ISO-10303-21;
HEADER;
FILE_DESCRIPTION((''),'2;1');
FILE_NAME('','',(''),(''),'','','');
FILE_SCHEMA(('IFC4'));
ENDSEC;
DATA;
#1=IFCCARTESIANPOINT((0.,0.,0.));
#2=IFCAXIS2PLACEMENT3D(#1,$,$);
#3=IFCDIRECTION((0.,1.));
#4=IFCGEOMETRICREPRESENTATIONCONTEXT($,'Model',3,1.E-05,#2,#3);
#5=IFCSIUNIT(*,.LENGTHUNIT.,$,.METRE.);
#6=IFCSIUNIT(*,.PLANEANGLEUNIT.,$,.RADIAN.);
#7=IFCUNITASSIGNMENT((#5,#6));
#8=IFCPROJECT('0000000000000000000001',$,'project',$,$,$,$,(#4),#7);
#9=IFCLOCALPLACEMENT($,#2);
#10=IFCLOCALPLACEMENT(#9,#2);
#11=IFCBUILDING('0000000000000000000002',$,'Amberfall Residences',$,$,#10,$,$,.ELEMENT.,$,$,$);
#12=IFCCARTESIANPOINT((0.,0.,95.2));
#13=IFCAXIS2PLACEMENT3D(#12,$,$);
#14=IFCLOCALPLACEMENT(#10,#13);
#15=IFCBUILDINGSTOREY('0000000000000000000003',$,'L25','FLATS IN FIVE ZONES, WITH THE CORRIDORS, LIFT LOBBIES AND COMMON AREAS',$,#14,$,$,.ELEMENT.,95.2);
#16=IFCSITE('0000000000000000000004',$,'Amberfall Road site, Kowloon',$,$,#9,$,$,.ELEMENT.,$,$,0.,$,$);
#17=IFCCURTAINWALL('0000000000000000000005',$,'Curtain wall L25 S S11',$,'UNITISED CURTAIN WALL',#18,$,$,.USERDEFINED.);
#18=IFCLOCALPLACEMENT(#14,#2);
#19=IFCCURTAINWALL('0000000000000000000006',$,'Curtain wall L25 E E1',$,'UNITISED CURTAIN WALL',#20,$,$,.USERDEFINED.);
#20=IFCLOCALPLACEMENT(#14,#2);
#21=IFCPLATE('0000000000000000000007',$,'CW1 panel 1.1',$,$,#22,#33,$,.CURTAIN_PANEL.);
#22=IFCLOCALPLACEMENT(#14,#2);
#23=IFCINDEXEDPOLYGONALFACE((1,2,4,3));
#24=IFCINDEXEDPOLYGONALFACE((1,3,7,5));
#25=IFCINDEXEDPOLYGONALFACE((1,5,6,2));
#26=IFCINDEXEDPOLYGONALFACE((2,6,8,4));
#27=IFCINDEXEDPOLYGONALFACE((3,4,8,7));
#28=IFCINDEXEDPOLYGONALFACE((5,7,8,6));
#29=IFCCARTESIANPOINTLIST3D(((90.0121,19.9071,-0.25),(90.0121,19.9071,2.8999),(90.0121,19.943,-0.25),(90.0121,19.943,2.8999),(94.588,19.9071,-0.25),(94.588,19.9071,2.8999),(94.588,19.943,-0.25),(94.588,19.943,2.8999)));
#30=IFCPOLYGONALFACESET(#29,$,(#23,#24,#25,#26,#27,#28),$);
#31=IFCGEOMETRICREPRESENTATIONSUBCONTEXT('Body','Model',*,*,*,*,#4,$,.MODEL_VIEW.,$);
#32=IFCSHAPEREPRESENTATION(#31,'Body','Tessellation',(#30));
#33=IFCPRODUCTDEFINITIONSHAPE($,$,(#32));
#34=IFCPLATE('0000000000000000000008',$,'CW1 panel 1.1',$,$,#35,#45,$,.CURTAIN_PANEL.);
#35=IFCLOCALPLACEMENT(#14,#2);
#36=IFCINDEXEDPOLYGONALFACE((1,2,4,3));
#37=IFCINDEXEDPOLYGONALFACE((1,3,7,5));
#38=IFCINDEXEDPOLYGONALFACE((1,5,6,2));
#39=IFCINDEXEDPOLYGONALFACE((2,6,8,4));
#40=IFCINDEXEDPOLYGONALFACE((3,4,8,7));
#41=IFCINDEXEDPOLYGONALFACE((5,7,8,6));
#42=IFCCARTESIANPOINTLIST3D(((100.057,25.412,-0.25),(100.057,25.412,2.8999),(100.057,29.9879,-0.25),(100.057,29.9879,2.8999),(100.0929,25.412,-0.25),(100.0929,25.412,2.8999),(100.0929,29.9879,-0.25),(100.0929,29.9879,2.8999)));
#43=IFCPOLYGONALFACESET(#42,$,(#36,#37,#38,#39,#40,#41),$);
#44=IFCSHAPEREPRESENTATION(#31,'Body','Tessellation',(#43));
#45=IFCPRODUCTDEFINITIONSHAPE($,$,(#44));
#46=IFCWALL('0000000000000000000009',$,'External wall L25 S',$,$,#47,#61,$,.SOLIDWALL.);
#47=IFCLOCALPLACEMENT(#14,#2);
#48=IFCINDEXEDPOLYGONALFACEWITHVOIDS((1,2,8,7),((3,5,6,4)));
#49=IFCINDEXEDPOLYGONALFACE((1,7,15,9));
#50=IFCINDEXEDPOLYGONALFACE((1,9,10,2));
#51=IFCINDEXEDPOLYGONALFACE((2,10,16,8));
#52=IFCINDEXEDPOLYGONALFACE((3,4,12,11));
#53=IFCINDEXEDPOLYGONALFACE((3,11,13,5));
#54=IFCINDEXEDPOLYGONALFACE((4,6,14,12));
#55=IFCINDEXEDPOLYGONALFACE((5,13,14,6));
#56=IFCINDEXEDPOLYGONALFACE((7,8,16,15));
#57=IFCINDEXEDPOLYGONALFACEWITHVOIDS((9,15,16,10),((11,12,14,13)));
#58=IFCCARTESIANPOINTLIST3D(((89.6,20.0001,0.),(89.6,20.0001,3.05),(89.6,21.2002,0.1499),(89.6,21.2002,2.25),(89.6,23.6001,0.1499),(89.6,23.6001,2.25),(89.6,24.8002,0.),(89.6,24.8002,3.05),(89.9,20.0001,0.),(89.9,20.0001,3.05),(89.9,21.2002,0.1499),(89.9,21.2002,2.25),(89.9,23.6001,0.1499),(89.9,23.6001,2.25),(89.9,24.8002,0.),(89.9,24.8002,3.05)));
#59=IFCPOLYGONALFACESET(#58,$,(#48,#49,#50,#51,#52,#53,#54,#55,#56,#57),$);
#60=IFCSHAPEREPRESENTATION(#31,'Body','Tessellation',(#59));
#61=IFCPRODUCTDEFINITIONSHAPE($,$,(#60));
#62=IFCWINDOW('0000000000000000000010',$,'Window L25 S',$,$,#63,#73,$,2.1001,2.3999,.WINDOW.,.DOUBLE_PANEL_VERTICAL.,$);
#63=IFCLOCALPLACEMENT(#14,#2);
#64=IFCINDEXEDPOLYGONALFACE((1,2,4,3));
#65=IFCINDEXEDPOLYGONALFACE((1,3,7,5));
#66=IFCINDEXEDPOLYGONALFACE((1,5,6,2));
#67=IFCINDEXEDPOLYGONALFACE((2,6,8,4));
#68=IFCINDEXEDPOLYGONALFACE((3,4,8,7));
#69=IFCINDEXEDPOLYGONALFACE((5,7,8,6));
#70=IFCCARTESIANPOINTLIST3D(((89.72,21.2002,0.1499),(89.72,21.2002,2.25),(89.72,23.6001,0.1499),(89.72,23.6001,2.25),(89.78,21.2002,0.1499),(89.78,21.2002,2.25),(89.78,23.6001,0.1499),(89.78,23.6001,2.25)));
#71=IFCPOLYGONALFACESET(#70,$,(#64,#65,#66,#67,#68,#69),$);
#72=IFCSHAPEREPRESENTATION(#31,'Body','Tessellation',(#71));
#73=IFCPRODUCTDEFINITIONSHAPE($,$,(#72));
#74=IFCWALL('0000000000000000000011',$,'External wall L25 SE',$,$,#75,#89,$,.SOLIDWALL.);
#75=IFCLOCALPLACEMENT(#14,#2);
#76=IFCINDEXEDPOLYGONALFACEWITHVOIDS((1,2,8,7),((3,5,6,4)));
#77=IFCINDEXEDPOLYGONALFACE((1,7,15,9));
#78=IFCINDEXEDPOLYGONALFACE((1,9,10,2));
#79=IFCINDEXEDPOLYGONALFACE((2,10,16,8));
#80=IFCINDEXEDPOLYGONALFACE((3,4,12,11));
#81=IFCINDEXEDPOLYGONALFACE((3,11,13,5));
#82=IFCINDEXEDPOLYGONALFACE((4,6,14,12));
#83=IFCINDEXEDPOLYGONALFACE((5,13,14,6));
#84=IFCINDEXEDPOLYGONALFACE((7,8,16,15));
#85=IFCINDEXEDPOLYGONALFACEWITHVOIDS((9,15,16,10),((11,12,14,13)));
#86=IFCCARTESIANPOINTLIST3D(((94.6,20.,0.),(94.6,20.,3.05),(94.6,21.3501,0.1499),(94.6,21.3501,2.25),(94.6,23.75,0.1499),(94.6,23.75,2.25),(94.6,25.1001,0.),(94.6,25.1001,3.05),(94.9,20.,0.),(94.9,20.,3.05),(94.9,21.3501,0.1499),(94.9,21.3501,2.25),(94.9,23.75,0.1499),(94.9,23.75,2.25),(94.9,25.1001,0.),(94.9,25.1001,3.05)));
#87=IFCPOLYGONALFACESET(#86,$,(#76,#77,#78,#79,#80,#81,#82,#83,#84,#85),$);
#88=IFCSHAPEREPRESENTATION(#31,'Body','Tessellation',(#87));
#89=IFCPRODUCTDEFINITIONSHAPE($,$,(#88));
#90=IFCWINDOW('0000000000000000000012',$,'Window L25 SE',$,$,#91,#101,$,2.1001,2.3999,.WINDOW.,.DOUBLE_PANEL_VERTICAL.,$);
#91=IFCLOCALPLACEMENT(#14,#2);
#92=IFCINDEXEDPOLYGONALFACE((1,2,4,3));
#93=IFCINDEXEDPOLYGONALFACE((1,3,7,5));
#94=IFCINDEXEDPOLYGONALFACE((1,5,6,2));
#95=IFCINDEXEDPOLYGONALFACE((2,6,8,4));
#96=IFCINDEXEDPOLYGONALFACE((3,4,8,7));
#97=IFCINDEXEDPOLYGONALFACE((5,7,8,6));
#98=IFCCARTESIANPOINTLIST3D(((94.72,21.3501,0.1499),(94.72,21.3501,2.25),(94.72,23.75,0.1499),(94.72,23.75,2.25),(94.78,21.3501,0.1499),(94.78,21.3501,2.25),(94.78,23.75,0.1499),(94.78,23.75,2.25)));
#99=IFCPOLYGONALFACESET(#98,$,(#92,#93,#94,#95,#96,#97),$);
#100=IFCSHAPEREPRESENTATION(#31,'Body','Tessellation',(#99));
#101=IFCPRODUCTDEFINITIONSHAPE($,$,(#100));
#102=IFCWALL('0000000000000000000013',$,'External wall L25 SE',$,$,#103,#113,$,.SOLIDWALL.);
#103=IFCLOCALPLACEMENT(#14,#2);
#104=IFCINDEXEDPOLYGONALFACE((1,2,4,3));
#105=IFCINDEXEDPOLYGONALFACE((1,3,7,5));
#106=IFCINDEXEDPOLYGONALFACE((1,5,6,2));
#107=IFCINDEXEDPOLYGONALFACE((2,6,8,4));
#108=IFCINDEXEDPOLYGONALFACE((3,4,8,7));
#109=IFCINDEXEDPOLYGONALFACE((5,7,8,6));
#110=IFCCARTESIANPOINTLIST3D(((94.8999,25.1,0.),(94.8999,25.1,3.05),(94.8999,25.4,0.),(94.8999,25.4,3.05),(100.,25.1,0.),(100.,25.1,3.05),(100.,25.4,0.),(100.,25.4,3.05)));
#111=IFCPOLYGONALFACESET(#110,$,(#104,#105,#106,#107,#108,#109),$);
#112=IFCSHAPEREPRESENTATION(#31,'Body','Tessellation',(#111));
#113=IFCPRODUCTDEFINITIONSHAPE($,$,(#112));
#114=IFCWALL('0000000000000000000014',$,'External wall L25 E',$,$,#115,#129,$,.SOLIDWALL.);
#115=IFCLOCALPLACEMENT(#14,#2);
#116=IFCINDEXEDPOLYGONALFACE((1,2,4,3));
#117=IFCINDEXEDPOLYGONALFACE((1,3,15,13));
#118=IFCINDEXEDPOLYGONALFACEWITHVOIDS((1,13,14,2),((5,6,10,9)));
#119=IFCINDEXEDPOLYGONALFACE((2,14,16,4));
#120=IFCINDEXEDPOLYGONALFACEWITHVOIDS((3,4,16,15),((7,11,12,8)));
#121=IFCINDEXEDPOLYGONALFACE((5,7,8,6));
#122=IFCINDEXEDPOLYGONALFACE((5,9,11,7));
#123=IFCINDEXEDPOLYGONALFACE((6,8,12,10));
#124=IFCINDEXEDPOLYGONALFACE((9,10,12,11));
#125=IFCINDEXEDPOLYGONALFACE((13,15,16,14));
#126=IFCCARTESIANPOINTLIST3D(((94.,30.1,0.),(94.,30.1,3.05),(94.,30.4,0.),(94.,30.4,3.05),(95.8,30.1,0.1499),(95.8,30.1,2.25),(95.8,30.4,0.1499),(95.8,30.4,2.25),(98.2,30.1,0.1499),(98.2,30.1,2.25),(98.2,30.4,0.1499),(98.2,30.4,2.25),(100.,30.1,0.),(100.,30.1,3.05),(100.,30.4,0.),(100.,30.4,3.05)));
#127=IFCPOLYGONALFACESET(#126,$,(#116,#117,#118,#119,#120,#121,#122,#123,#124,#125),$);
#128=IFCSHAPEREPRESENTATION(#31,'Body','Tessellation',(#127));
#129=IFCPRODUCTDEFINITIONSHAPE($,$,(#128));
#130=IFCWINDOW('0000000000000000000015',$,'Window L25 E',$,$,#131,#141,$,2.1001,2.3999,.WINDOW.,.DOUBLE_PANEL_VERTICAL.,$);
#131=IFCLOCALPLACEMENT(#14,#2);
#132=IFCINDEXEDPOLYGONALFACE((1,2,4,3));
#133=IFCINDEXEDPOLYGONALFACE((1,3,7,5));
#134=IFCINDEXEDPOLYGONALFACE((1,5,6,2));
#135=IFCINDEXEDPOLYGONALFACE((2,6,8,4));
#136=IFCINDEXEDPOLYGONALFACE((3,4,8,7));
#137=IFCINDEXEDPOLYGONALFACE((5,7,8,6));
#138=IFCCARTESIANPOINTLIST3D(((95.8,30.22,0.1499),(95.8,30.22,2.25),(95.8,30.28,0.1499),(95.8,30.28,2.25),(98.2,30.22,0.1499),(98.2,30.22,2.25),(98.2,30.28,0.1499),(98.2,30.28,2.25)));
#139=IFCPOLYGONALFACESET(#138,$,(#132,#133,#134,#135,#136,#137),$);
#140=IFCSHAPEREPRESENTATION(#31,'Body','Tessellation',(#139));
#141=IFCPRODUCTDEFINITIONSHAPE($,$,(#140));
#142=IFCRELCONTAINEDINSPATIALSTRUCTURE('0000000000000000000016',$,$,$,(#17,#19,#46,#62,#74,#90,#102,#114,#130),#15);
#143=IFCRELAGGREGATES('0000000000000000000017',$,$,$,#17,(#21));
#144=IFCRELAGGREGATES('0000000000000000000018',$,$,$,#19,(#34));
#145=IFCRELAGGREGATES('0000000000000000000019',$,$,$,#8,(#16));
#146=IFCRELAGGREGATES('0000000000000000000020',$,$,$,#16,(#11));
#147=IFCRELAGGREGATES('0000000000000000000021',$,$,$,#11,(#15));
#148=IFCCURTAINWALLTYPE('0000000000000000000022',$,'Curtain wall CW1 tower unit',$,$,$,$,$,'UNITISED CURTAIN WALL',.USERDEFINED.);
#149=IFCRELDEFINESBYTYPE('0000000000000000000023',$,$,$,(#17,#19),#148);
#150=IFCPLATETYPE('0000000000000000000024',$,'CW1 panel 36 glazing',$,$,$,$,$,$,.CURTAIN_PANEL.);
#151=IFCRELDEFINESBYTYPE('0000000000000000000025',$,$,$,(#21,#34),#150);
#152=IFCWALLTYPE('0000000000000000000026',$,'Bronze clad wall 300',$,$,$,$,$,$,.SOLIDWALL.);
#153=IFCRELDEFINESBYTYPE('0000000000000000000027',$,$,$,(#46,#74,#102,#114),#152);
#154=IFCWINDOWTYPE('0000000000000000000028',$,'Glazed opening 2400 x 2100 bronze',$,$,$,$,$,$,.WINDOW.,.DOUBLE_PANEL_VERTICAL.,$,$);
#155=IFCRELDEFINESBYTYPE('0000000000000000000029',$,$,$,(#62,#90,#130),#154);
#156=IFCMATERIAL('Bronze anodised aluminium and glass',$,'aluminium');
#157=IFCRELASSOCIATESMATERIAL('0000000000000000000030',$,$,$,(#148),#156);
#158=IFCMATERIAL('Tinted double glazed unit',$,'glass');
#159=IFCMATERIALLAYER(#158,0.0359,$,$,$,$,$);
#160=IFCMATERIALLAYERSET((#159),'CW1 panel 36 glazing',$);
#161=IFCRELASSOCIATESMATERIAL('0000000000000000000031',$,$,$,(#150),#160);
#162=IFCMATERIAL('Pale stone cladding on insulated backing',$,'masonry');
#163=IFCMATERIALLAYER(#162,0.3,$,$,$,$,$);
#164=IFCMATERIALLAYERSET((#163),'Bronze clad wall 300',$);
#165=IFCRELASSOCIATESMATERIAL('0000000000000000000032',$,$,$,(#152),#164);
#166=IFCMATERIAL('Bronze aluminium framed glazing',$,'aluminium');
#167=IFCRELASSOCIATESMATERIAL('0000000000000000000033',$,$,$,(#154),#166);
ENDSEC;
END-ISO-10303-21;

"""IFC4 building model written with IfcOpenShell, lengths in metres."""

from ifc_helpers import new_model, si_unit, direction, frame, frame_2d, origin, origin_2d, place, context, subcontext, project, spatial, rectangle, extrude, material, layer, layer_set, type_object, element, fill, aggregate, save


model = new_model("IFC4")

# Units and contexts
model_context = context("Model", 3, precision=1e-05, world=origin(), true_north=direction((0.0, 1.0)))
body_context = subcontext(model_context, "Body", "Model", "MODEL_VIEW")
ifc_project = project(units=[si_unit("LENGTHUNIT", "METRE"), si_unit("PLANEANGLEUNIT", "RADIAN")], contexts=[model_context])

# Site, building, storey
site_placement = place(None, origin())
site = spatial("IfcSite", under=ifc_project, at=site_placement, Name="Amberfall Road site, Kowloon", CompositionType="ELEMENT", RefElevation=0.0)
building_placement = place(site_placement, origin())
building = spatial("IfcBuilding", under=site, at=building_placement, Name="Amberfall Residences", CompositionType="ELEMENT")
storey_placement = place(building_placement, frame((0.0, 0.0, 95.2)))
storey = spatial("IfcBuildingStorey", under=building, at=storey_placement, Name="L25", Description="FLATS IN FIVE ZONES, WITH THE CORRIDORS, LIFT LOBBIES AND COMMON AREAS", CompositionType="ELEMENT", Elevation=95.2)

# Curtain walls
ifc_material_1 = material(Name="Bronze anodised aluminium and glass", Category="aluminium")
curtain_wall_type = type_object("IfcCurtainWallType", Name="Curtain wall CW1 tower unit", ElementType="UNITISED CURTAIN WALL", PredefinedType="USERDEFINED", material=ifc_material_1)
curtain_wall_1_placement = place(storey_placement, origin())
curtain_wall_1 = element("IfcCurtainWall", 1, at=curtain_wall_1_placement, inside=storey, type_object=curtain_wall_type, Name="Curtain wall L25 S S11", ObjectType="UNITISED CURTAIN WALL", PredefinedType="USERDEFINED")
curtain_wall_2_placement = place(storey_placement, origin())
curtain_wall_2 = element("IfcCurtainWall", 2, at=curtain_wall_2_placement, inside=storey, type_object=curtain_wall_type, Name="Curtain wall L25 E E1", ObjectType="UNITISED CURTAIN WALL", PredefinedType="USERDEFINED")

# Plates
ifc_material_2 = material(Name="Tinted double glazed unit", Category="glass")
ifc_layer_1 = layer(ifc_material_2, 0.0359)
ifc_layer_set_1 = layer_set([ifc_layer_1], Name="CW1 panel 36 glazing")
plate_type = type_object("IfcPlateType", Name="CW1 panel 36 glazing", PredefinedType="CURTAIN_PANEL", material=ifc_layer_set_1)
plate_1_placement = place(storey_placement, frame((92.3, 19.925, -0.25), z_axis=(0.0, 0.0, 1.0), x_axis=(1.0, 0.0, 0.0)))
plate_1 = element("IfcPlate", 3, at=plate_1_placement, type_object=plate_type, Name="CW1 panel 1.1", PredefinedType="CURTAIN_PANEL", context=body_context, shape_type="SweptSolid", body=[
    extrude(rectangle(XDim=4.5759, YDim=0.0359, at=origin_2d()), origin(), (0.0, 0.0, 1.0), 3.1499),
])
aggregate(curtain_wall_1, [plate_1])
plate_2_placement = place(storey_placement, frame((100.075, 27.7, -0.25), z_axis=(0.0, 0.0, 1.0), x_axis=(0.0, 1.0, 0.0)))
plate_2 = element("IfcPlate", 4, at=plate_2_placement, type_object=plate_type, Name="CW1 panel 1.1", PredefinedType="CURTAIN_PANEL", context=body_context, shape_type="SweptSolid", body=[
    extrude(rectangle(XDim=4.5759, YDim=0.0359, at=origin_2d()), origin(), (0.0, 0.0, 1.0), 3.1499),
])
aggregate(curtain_wall_2, [plate_2])

# Walls, openings, windows
ifc_material_3 = material(Name="Pale stone cladding on insulated backing", Category="masonry")
ifc_layer_2 = layer(ifc_material_3, 0.3)
ifc_layer_set_2 = layer_set([ifc_layer_2], Name="Bronze clad wall 300")
wall_type_1 = type_object("IfcWallType", Name="Bronze clad wall 300", PredefinedType="SOLIDWALL", material=ifc_layer_set_2)
wall_1_placement = place(storey_placement, frame((89.75, 24.8, 0.0), z_axis=(0.0, 0.0, 1.0), x_axis=(0.0, -1.0, 0.0)))
wall_1 = element("IfcWall", 5, at=wall_1_placement, inside=storey, type_object=wall_type_1, Name="External wall L25 S", PredefinedType="SOLIDWALL", context=body_context, shape_type="SweptSolid", body=[
    extrude(rectangle(XDim=4.8, YDim=0.3, at=frame_2d((2.3999, 0.0))), origin(), (0.0, 0.0, 1.0), 3.05),
])
opening_1_placement = place(wall_1_placement, frame((1.2, 0.0, 0.1499)))
opening_1 = element("IfcOpeningElement", 6, at=opening_1_placement, cuts=wall_1, PredefinedType="OPENING", context=body_context, shape_type="SweptSolid", body=[
    extrude(rectangle(XDim=2.3999, YDim=2.1001, at=frame_2d((1.2, 1.05))), frame((0.0, 0.1599, 0.0), z_axis=(0.0, -1.0, 0.0), x_axis=(1.0, 0.0, 0.0)), (0.0, 0.0, 1.0), 0.3201),
])
ifc_material_4 = material(Name="Bronze aluminium framed glazing", Category="aluminium")
window_type_1 = type_object("IfcWindowType", Name="Glazed opening 2400 x 2100 bronze", PartitioningType="DOUBLE_PANEL_VERTICAL", PredefinedType="WINDOW", material=ifc_material_4)
window_1_placement = place(opening_1_placement, origin())
window_1 = element("IfcWindow", 7, at=window_1_placement, inside=storey, type_object=window_type_1, Name="Window L25 S", OverallHeight=2.1001, OverallWidth=2.3999, PartitioningType="DOUBLE_PANEL_VERTICAL", PredefinedType="WINDOW", context=body_context, shape_type="SweptSolid", body=[
    extrude(rectangle(XDim=2.3999, YDim=2.1001, at=frame_2d((1.2, 1.05))), frame((0.0, 0.03, 0.0), z_axis=(0.0, -1.0, 0.0), x_axis=(1.0, 0.0, 0.0)), (0.0, 0.0, 1.0), 0.0601),
])
fill(opening_1, window_1)
wall_2_placement = place(storey_placement, frame((94.75, 20.0, 0.0), z_axis=(0.0, 0.0, 1.0), x_axis=(0.0, 1.0, 0.0)))
wall_2 = element("IfcWall", 8, at=wall_2_placement, inside=storey, type_object=wall_type_1, Name="External wall L25 SE", PredefinedType="SOLIDWALL", context=body_context, shape_type="SweptSolid", body=[
    extrude(rectangle(XDim=5.1001, YDim=0.3, at=frame_2d((2.55, 0.0))), origin(), (0.0, 0.0, 1.0), 3.05),
])
opening_2_placement = place(wall_2_placement, frame((1.3501, 0.0, 0.1499)))
opening_2 = element("IfcOpeningElement", 9, at=opening_2_placement, cuts=wall_2, PredefinedType="OPENING", context=body_context, shape_type="SweptSolid", body=[
    extrude(rectangle(XDim=2.3999, YDim=2.1001, at=frame_2d((1.2, 1.05))), frame((0.0, 0.1599, 0.0), z_axis=(0.0, -1.0, 0.0), x_axis=(1.0, 0.0, 0.0)), (0.0, 0.0, 1.0), 0.3201),
])
window_2_placement = place(opening_2_placement, origin())
window_2 = element("IfcWindow", 10, at=window_2_placement, inside=storey, type_object=window_type_1, Name="Window L25 SE", OverallHeight=2.1001, OverallWidth=2.3999, PartitioningType="DOUBLE_PANEL_VERTICAL", PredefinedType="WINDOW", context=body_context, shape_type="SweptSolid", body=[
    extrude(rectangle(XDim=2.3999, YDim=2.1001, at=frame_2d((1.2, 1.05))), frame((0.0, 0.03, 0.0), z_axis=(0.0, -1.0, 0.0), x_axis=(1.0, 0.0, 0.0)), (0.0, 0.0, 1.0), 0.0601),
])
fill(opening_2, window_2)

# Wall
wall_3_placement = place(storey_placement, frame((94.8999, 25.25, 0.0), z_axis=(0.0, 0.0, 1.0), x_axis=(1.0, 0.0, 0.0)))
element("IfcWall", 11, at=wall_3_placement, inside=storey, type_object=wall_type_1, Name="External wall L25 SE", PredefinedType="SOLIDWALL", context=body_context, shape_type="SweptSolid", body=[
    extrude(rectangle(XDim=5.1001, YDim=0.3, at=frame_2d((2.55, 0.0))), origin(), (0.0, 0.0, 1.0), 3.05),
])

# Wall, opening, window
wall_4_placement = place(storey_placement, frame((100.0, 30.25, 0.0), z_axis=(0.0, 0.0, 1.0), x_axis=(-1.0, 0.0, 0.0)))
wall_4 = element("IfcWall", 12, at=wall_4_placement, inside=storey, type_object=wall_type_1, Name="External wall L25 E", PredefinedType="SOLIDWALL", context=body_context, shape_type="SweptSolid", body=[
    extrude(rectangle(XDim=6.0, YDim=0.3, at=frame_2d((3.0, 0.0))), origin(), (0.0, 0.0, 1.0), 3.05),
])
opening_3_placement = place(wall_4_placement, frame((1.8, 0.0, 0.1499)))
opening_3 = element("IfcOpeningElement", 13, at=opening_3_placement, cuts=wall_4, PredefinedType="OPENING", context=body_context, shape_type="SweptSolid", body=[
    extrude(rectangle(XDim=2.3999, YDim=2.1001, at=frame_2d((1.2, 1.05))), frame((0.0, 0.1599, 0.0), z_axis=(0.0, -1.0, 0.0), x_axis=(1.0, 0.0, 0.0)), (0.0, 0.0, 1.0), 0.3201),
])
window_3_placement = place(opening_3_placement, origin())
window_3 = element("IfcWindow", 14, at=window_3_placement, inside=storey, type_object=window_type_1, Name="Window L25 E", OverallHeight=2.1001, OverallWidth=2.3999, PartitioningType="DOUBLE_PANEL_VERTICAL", PredefinedType="WINDOW", context=body_context, shape_type="SweptSolid", body=[
    extrude(rectangle(XDim=2.3999, YDim=2.1001, at=frame_2d((1.2, 1.05))), frame((0.0, 0.03, 0.0), z_axis=(0.0, -1.0, 0.0), x_axis=(1.0, 0.0, 0.0)), (0.0, 0.0, 1.0), 0.0601),
])
fill(opening_3, window_3)

save(model, "model.ifc")
